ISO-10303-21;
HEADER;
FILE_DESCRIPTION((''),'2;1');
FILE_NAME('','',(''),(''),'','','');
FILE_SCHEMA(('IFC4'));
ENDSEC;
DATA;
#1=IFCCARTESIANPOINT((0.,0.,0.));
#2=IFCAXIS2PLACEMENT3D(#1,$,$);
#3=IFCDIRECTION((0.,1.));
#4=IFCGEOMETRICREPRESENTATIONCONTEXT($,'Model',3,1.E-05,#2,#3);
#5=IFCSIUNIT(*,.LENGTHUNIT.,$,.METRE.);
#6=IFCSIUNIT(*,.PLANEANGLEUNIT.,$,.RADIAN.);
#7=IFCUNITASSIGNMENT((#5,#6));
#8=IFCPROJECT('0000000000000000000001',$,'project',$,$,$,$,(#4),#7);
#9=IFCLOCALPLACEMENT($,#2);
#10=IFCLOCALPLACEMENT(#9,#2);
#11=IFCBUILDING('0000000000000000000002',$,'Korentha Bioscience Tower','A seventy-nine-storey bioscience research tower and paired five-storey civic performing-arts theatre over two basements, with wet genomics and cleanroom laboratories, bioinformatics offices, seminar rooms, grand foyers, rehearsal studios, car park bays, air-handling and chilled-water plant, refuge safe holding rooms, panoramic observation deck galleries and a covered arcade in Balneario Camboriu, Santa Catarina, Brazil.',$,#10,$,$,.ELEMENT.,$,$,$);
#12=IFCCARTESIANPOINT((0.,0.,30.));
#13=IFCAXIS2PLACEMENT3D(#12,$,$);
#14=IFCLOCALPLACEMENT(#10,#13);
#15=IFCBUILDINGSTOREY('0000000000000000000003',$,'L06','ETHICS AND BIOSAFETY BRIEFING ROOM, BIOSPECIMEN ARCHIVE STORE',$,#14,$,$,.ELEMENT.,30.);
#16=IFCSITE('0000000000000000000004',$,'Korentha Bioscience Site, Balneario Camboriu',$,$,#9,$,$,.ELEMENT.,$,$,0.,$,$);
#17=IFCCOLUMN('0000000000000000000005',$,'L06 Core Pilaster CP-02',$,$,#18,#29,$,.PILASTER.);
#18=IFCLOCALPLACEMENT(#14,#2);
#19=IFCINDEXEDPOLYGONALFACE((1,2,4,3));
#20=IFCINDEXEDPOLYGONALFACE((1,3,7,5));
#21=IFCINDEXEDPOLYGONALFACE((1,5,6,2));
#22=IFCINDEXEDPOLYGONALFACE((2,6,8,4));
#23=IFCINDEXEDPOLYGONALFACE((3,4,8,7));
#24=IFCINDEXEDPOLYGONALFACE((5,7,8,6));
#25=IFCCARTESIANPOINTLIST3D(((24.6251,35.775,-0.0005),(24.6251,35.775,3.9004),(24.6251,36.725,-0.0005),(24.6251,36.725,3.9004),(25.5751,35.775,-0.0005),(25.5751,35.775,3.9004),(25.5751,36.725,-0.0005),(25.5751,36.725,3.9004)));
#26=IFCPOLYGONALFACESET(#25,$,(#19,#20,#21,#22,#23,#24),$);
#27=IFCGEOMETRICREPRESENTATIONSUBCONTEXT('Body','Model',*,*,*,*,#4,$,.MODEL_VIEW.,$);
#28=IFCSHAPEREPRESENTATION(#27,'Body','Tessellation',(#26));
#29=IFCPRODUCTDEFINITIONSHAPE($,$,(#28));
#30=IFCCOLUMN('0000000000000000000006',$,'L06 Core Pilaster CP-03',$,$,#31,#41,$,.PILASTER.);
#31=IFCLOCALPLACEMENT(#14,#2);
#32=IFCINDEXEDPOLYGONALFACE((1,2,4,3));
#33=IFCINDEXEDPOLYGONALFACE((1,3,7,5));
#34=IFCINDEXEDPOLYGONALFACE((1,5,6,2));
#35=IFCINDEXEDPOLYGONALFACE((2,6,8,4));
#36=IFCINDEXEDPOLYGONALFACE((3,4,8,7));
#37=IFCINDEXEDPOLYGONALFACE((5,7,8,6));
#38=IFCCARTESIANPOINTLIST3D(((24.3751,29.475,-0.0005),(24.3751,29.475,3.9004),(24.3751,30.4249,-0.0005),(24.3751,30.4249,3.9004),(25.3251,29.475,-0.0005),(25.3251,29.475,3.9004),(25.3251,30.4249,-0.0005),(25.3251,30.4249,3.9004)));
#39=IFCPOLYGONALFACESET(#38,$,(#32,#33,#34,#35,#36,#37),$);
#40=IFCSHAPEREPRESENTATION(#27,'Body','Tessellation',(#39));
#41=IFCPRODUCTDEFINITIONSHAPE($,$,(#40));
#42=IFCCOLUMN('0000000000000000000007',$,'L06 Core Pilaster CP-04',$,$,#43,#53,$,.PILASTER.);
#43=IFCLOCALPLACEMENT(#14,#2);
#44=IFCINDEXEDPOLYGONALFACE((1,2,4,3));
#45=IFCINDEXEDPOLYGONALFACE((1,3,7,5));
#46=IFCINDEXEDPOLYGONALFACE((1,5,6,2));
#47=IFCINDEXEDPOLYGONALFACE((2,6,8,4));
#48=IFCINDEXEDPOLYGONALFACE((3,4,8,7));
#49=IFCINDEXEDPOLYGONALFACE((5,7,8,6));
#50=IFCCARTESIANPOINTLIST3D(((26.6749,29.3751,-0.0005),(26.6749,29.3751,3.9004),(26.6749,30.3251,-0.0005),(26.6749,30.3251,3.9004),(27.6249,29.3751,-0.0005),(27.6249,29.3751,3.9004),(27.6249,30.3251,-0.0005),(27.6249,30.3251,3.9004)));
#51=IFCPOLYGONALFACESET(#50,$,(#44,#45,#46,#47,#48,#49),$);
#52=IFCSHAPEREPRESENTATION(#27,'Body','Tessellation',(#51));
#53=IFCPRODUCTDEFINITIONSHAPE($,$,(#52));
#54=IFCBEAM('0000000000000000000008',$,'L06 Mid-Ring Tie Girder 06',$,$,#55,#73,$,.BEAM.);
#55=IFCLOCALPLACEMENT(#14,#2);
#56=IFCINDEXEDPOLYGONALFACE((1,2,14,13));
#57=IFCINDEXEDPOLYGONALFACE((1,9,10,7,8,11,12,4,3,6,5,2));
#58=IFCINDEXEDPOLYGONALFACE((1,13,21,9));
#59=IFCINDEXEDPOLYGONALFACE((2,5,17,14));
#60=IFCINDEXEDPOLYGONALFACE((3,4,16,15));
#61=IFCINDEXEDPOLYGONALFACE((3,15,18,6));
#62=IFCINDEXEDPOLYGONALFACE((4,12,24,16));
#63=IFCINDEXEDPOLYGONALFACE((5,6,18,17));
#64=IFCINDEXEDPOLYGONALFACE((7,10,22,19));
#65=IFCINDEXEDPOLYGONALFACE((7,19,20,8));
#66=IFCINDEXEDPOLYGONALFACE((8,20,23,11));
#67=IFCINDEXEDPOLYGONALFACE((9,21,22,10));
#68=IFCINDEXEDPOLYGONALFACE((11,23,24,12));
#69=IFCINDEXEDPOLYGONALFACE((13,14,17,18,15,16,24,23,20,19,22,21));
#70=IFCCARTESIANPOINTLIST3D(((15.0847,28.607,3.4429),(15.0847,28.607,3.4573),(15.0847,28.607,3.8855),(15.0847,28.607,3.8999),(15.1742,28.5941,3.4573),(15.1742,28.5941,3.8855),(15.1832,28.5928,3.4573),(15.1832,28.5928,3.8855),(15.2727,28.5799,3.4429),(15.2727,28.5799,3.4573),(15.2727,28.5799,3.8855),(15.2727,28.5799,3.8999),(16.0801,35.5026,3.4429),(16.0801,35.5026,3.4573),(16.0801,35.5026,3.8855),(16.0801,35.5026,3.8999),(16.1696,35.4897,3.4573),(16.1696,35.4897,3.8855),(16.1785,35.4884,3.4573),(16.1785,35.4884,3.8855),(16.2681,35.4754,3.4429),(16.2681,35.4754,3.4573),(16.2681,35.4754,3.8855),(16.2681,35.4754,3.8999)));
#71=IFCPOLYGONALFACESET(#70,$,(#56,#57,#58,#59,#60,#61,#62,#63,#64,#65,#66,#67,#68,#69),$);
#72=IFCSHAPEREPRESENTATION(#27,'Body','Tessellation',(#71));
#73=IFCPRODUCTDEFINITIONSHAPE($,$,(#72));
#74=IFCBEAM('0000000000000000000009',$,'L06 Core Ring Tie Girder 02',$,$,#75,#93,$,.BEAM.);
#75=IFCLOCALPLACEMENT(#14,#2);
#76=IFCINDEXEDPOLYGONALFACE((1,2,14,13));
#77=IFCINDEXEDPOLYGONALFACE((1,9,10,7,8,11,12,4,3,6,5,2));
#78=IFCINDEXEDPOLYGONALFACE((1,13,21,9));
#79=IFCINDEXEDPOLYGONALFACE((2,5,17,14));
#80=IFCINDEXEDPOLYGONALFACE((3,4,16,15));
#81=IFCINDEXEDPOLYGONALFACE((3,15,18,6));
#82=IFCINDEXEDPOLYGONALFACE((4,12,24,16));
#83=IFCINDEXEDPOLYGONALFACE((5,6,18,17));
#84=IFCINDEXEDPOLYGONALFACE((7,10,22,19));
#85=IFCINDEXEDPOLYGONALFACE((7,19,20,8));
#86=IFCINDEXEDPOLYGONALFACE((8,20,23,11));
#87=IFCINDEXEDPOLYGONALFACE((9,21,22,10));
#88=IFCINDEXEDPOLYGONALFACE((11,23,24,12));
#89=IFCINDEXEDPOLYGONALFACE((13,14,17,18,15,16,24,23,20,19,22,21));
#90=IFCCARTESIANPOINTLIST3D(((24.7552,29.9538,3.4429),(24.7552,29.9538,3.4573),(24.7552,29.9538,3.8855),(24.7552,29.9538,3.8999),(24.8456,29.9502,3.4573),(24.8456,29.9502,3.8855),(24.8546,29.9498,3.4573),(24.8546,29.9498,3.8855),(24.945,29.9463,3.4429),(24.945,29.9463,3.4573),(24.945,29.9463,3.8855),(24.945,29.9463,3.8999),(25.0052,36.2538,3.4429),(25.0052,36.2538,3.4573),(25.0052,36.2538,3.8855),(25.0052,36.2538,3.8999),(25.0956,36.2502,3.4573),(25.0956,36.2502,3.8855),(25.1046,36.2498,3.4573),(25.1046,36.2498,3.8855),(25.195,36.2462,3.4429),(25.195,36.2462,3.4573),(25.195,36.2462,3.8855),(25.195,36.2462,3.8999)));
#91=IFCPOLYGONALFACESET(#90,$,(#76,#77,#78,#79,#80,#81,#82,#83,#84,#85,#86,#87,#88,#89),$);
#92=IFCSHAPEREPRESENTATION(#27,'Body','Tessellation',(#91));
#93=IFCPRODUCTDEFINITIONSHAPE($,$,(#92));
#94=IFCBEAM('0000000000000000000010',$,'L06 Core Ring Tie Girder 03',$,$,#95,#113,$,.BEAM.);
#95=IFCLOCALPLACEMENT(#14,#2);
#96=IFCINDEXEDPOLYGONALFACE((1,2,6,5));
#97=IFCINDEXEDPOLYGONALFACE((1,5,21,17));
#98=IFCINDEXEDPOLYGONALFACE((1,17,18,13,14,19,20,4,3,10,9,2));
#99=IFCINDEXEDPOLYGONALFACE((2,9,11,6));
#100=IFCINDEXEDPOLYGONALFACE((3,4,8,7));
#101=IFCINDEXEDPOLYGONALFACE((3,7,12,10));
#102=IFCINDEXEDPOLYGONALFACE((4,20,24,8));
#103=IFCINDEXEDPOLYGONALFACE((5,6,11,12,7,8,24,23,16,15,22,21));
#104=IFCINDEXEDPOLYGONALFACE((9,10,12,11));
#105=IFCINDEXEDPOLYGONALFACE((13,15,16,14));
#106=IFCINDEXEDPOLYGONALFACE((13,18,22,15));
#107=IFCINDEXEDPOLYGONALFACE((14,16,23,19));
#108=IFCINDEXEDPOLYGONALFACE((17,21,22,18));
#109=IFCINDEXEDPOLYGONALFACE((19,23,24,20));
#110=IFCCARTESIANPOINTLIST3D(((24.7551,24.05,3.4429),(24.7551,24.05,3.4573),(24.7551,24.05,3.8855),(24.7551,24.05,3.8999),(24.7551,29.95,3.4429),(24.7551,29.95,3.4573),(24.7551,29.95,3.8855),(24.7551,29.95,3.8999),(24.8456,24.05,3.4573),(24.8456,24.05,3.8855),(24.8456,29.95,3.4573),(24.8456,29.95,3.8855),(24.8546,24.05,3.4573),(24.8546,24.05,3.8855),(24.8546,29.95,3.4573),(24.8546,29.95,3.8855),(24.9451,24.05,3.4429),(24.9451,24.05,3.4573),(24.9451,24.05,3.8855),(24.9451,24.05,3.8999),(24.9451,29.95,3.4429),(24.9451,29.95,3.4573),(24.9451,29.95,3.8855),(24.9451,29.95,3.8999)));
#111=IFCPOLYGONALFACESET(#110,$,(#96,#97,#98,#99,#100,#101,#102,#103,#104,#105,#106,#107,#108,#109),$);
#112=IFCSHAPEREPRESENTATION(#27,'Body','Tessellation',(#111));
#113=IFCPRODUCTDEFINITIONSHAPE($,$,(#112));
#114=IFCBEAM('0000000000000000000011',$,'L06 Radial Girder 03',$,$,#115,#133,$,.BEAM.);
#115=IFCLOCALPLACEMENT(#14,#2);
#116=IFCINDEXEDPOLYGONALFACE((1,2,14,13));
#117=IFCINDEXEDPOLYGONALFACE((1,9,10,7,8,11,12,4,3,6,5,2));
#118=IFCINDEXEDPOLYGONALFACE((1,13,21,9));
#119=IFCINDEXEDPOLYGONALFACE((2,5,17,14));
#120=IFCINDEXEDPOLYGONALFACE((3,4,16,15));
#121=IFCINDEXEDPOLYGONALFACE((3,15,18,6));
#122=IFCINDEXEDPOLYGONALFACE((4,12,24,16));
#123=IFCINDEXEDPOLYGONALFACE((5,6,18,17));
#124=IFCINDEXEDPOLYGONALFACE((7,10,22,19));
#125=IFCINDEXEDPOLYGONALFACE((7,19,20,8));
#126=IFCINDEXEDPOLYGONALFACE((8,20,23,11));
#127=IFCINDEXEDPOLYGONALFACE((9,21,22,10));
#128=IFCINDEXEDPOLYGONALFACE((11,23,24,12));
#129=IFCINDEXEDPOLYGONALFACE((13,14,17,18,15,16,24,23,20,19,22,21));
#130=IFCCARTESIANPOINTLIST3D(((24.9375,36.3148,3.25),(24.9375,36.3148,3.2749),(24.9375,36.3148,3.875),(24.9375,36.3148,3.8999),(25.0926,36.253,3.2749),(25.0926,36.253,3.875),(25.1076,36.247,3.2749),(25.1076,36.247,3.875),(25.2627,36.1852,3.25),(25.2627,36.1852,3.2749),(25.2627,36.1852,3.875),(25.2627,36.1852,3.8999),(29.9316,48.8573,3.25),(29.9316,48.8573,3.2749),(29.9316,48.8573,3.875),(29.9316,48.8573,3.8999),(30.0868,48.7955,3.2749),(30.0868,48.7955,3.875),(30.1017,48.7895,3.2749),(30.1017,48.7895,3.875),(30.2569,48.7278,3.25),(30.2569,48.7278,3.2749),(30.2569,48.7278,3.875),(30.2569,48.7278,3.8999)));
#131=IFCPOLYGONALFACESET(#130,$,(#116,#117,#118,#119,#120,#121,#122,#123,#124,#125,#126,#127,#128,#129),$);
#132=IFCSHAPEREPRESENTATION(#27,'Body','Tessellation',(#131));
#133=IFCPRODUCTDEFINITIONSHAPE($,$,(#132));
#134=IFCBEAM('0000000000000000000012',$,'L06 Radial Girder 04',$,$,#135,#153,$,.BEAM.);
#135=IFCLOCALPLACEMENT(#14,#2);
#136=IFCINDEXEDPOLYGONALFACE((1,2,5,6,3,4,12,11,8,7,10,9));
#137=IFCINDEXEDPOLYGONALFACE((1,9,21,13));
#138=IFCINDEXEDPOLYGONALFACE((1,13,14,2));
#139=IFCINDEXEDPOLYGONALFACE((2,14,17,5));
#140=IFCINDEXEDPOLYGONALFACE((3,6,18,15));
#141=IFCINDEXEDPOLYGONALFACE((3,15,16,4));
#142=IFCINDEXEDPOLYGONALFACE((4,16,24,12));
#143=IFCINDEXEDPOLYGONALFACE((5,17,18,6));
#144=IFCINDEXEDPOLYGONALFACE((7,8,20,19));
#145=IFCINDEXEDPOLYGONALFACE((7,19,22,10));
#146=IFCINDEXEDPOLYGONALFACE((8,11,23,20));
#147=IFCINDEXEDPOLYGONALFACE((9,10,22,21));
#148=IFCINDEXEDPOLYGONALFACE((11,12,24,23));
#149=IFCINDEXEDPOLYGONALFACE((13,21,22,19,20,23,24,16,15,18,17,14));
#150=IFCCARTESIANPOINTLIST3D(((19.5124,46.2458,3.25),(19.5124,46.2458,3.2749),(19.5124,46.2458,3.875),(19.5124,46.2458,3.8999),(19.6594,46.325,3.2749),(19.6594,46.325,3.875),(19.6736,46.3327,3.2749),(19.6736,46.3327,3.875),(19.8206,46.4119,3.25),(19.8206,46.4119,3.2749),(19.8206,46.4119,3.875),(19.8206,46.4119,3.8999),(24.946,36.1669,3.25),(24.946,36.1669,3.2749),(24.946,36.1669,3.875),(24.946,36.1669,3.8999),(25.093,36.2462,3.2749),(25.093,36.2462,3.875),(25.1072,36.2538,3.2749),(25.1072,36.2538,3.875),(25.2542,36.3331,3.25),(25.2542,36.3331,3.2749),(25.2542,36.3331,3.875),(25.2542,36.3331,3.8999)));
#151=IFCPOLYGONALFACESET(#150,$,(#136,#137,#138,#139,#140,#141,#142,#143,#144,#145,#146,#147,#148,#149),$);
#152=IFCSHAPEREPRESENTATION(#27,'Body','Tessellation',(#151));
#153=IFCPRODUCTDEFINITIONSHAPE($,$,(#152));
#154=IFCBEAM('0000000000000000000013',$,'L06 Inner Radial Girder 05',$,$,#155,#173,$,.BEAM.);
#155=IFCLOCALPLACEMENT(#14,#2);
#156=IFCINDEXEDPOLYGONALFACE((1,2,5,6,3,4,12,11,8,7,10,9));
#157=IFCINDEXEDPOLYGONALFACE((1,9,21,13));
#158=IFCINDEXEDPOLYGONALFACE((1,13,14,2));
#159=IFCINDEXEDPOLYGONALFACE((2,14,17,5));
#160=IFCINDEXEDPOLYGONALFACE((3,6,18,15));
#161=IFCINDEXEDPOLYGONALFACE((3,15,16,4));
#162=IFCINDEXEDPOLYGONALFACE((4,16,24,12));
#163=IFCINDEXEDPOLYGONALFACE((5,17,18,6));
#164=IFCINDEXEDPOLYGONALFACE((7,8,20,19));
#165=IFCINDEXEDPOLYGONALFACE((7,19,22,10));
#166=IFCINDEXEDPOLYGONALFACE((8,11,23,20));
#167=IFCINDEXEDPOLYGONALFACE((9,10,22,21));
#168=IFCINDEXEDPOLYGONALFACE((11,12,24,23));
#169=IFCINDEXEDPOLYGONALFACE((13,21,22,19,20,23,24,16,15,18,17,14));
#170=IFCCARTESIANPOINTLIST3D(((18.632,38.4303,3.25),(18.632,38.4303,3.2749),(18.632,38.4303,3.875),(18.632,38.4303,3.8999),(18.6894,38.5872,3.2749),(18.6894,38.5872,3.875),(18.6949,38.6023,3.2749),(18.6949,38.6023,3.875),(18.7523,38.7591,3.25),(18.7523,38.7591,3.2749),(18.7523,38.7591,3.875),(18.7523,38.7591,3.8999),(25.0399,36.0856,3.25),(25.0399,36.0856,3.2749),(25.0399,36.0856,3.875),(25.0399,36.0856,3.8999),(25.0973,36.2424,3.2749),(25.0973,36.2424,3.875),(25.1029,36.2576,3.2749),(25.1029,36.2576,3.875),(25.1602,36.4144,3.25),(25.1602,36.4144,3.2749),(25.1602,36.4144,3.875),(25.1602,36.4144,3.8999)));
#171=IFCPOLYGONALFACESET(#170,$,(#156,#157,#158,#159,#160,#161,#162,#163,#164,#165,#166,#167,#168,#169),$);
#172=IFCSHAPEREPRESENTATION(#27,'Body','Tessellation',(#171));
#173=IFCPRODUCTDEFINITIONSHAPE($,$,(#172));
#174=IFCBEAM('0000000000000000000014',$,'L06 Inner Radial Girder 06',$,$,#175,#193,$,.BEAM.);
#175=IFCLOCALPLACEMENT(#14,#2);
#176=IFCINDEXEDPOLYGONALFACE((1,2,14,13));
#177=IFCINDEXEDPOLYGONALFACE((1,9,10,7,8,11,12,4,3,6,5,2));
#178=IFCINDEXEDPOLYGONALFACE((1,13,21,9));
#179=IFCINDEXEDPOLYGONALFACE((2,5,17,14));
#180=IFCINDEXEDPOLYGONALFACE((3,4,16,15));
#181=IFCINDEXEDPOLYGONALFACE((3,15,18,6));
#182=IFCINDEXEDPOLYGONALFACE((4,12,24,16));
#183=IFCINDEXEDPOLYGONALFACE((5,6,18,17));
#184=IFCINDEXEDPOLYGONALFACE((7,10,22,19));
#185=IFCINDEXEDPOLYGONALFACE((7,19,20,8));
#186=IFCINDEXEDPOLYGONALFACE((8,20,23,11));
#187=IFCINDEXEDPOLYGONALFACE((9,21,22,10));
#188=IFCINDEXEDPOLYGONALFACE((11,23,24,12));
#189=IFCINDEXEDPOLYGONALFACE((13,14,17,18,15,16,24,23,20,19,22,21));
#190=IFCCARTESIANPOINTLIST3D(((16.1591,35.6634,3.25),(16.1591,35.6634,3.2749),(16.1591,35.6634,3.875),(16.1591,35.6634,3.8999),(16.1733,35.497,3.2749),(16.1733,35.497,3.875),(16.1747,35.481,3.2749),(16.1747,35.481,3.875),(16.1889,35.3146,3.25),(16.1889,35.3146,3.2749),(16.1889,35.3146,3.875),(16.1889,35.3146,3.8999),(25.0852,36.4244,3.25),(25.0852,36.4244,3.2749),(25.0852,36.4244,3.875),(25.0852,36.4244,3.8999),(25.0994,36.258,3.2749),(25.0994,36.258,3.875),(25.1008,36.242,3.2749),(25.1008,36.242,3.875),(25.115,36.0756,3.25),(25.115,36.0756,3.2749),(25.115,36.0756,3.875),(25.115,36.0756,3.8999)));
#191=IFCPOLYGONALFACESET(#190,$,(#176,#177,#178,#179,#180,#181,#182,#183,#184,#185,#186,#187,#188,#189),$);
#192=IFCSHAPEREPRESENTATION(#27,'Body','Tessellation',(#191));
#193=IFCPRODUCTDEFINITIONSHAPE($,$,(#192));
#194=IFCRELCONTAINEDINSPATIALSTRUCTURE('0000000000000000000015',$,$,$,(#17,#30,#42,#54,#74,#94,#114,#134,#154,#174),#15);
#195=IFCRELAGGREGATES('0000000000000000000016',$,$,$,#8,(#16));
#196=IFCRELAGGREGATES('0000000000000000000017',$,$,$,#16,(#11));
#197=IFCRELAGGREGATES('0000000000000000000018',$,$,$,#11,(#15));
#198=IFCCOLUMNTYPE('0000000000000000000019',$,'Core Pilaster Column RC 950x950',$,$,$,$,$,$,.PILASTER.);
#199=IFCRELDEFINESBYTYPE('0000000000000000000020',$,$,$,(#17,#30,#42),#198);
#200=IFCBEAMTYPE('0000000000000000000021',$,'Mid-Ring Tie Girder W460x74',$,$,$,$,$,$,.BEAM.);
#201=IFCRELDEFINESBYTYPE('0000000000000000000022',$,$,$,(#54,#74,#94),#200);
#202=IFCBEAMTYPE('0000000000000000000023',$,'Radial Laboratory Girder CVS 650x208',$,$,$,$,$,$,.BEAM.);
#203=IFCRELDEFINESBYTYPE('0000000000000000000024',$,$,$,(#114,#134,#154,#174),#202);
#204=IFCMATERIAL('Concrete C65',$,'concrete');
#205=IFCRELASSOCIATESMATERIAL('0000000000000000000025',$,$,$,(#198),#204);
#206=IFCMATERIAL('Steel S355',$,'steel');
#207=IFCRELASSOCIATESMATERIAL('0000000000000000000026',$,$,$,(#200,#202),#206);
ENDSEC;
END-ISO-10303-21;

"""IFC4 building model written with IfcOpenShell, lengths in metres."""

from ifc_helpers import new_model, si_unit, direction, frame, origin, origin_2d, place, context, subcontext, project, spatial, rectangle, i_section, extrude, material, material_profile, profile_set, type_object, element, save


model = new_model("IFC4")

# Units and contexts
model_context = context("Model", 3, precision=1e-05, world=origin(), true_north=direction((0.0, 1.0)))
body_context = subcontext(model_context, "Body", "Model", "MODEL_VIEW")
ifc_project = project(units=[si_unit("LENGTHUNIT", "METRE"), si_unit("PLANEANGLEUNIT", "RADIAN")], contexts=[model_context])

# Site, building, storey
site_placement = place(None, origin())
site = spatial("IfcSite", under=ifc_project, at=site_placement, Name="Korentha Bioscience Site, Balneario Camboriu", CompositionType="ELEMENT", RefElevation=0.0)
building_placement = place(site_placement, origin())
building = spatial("IfcBuilding", under=site, at=building_placement, Name="Korentha Bioscience Tower", Description="A seventy-nine-storey bioscience research tower and paired five-storey civic performing-arts theatre over two basements, with wet genomics and cleanroom laboratories, bioinformatics offices, seminar rooms, grand foyers, rehearsal studios, car park bays, air-handling and chilled-water plant, refuge safe holding rooms, panoramic observation deck galleries and a covered arcade in Balneario Camboriu, Santa Catarina, Brazil.", CompositionType="ELEMENT")
storey_placement = place(building_placement, frame((0.0, 0.0, 30.0)))
storey = spatial("IfcBuildingStorey", under=building, at=storey_placement, Name="L06", Description="ETHICS AND BIOSAFETY BRIEFING ROOM, BIOSPECIMEN ARCHIVE STORE", CompositionType="ELEMENT", Elevation=30.0)

# Columns
ifc_material_1 = material(Name="Concrete C65", Category="concrete")
ifc_material_profile_1 = material_profile(ifc_material_1, rectangle(XDim=0.95, YDim=0.95, at=origin_2d()), Name="Concrete C65")
ifc_profile_set_1 = profile_set([ifc_material_profile_1], Name="Concrete C65 (COL-CP09)")
column_type = type_object("IfcColumnType", Name="Core Pilaster Column RC 950x950", PredefinedType="PILASTER", material=ifc_profile_set_1)
for number, where, z_axis, x_axis, name in (
    (1, (25.1001, 36.25, -0.0005), (0.0, 0.0, 1.0), (1.0, 0.0, 0.0), "L06 Core Pilaster CP-02"),
    (2, (24.8501, 29.95, -0.0005), (0.0, 0.0, 1.0), (1.0, 0.0, 0.0), "L06 Core Pilaster CP-03"),
    (3, (27.1499, 29.8501, -0.0005), (0.0, 0.0, 1.0), (1.0, 0.0, 0.0), "L06 Core Pilaster CP-04"),
):
    element("IfcColumn", number, at=place(storey_placement, frame(where, z_axis=z_axis, x_axis=x_axis)), inside=storey, type_object=column_type, Name=name, PredefinedType="PILASTER", context=body_context, shape_type="SweptSolid", body=[
        extrude(rectangle(XDim=0.95, YDim=0.95, at=origin_2d()), origin(), (0.0, 0.0, 1.0), 3.9009),
    ])

# Beams
ifc_material_2 = material(Name="Steel S355", Category="steel")
ifc_material_profile_2 = material_profile(ifc_material_2, i_section(OverallWidth=0.1899, OverallDepth=0.457, WebThickness=0.009, FlangeThickness=0.0144, at=origin_2d()), Name="Steel S355")
ifc_profile_set_2 = profile_set([ifc_material_profile_2], Name="Steel S355 (MB-460)")
beam_type_1 = type_object("IfcBeamType", Name="Mid-Ring Tie Girder W460x74", PredefinedType="BEAM", material=ifc_profile_set_2)
beam_1_placement = place(storey_placement, frame((16.1741, 35.489, 3.6714), z_axis=(-0.142868, -0.989742, 0.0), x_axis=(0.989742, -0.142868, 0.0)))
element("IfcBeam", 4, at=beam_1_placement, inside=storey, type_object=beam_type_1, Name="L06 Mid-Ring Tie Girder 06", PredefinedType="BEAM", context=body_context, shape_type="SweptSolid", body=[
    extrude(i_section(OverallWidth=0.1899, OverallDepth=0.457, WebThickness=0.009, FlangeThickness=0.0144, at=origin_2d()), origin(), (0.0, 0.0, 1.0), 6.967),
])
beam_2_placement = place(storey_placement, frame((25.1001, 36.25, 3.6714), z_axis=(-0.039651, -0.999214, 0.0), x_axis=(0.999214, -0.039651, 0.0)))
element("IfcBeam", 5, at=beam_2_placement, inside=storey, type_object=beam_type_1, Name="L06 Core Ring Tie Girder 02", PredefinedType="BEAM", context=body_context, shape_type="SweptSolid", body=[
    extrude(i_section(OverallWidth=0.1899, OverallDepth=0.457, WebThickness=0.009, FlangeThickness=0.0144, at=origin_2d()), origin(), (0.0, 0.0, 1.0), 6.3049),
])
beam_3_placement = place(storey_placement, frame((24.8501, 29.95, 3.6714), z_axis=(0.0, -1.0, 0.0), x_axis=(1.0, 0.0, 0.0)))
element("IfcBeam", 6, at=beam_3_placement, inside=storey, type_object=beam_type_1, Name="L06 Core Ring Tie Girder 03", PredefinedType="BEAM", context=body_context, shape_type="SweptSolid", body=[
    extrude(i_section(OverallWidth=0.1899, OverallDepth=0.457, WebThickness=0.009, FlangeThickness=0.0144, at=origin_2d()), origin(), (0.0, 0.0, 1.0), 5.8999),
])
ifc_material_profile_3 = material_profile(ifc_material_2, i_section(OverallWidth=0.3501, OverallDepth=0.6499, WebThickness=0.0161, FlangeThickness=0.0249, at=origin_2d()), Name="Steel S355")
ifc_profile_set_3 = profile_set([ifc_material_profile_3], Name="Steel S355 (RB-650)")
beam_type_2 = type_object("IfcBeamType", Name="Radial Laboratory Girder CVS 650x208", PredefinedType="BEAM", material=ifc_profile_set_3)
beam_4_placement = place(storey_placement, frame((25.1001, 36.25, 3.575), z_axis=(0.369931, 0.929059, 0.0), x_axis=(-0.929059, 0.369931, 0.0)))
element("IfcBeam", 7, at=beam_4_placement, inside=storey, type_object=beam_type_2, Name="L06 Radial Girder 03", PredefinedType="BEAM", context=body_context, shape_type="SweptSolid", body=[
    extrude(i_section(OverallWidth=0.3501, OverallDepth=0.6499, WebThickness=0.0161, FlangeThickness=0.0249, at=origin_2d()), origin(), (0.0, 0.0, 1.0), 13.5002),
])
beam_5_placement = place(storey_placement, frame((25.1001, 36.25, 3.575), z_axis=(-0.474541, 0.880233, 0.0), x_axis=(-0.880233, -0.474541, 0.0)))
element("IfcBeam", 8, at=beam_5_placement, inside=storey, type_object=beam_type_2, Name="L06 Radial Girder 04", PredefinedType="BEAM", context=body_context, shape_type="SweptSolid", body=[
    extrude(i_section(OverallWidth=0.3501, OverallDepth=0.6499, WebThickness=0.0161, FlangeThickness=0.0249, at=origin_2d()), origin(), (0.0, 0.0, 1.0), 11.4502),
])
beam_6_placement = place(storey_placement, frame((25.1001, 36.25, 3.575), z_axis=(-0.939106, 0.343627, 0.0), x_axis=(-0.343627, -0.939106, 0.0)))
element("IfcBeam", 9, at=beam_6_placement, inside=storey, type_object=beam_type_2, Name="L06 Inner Radial Girder 05", PredefinedType="BEAM", context=body_context, shape_type="SweptSolid", body=[
    extrude(i_section(OverallWidth=0.3501, OverallDepth=0.6499, WebThickness=0.0161, FlangeThickness=0.0249, at=origin_2d()), origin(), (0.0, 0.0, 1.0), 6.8235),
])
beam_7_placement = place(storey_placement, frame((25.1001, 36.25, 3.575), z_axis=(-0.996386, -0.084947, 0.0), x_axis=(0.084947, -0.996386, 0.0)))
element("IfcBeam", 10, at=beam_7_placement, inside=storey, type_object=beam_type_2, Name="L06 Inner Radial Girder 06", PredefinedType="BEAM", context=body_context, shape_type="SweptSolid", body=[
    extrude(i_section(OverallWidth=0.3501, OverallDepth=0.6499, WebThickness=0.0161, FlangeThickness=0.0249, at=origin_2d()), origin(), (0.0, 0.0, 1.0), 8.9585),
])

save(model, "model.ifc")
